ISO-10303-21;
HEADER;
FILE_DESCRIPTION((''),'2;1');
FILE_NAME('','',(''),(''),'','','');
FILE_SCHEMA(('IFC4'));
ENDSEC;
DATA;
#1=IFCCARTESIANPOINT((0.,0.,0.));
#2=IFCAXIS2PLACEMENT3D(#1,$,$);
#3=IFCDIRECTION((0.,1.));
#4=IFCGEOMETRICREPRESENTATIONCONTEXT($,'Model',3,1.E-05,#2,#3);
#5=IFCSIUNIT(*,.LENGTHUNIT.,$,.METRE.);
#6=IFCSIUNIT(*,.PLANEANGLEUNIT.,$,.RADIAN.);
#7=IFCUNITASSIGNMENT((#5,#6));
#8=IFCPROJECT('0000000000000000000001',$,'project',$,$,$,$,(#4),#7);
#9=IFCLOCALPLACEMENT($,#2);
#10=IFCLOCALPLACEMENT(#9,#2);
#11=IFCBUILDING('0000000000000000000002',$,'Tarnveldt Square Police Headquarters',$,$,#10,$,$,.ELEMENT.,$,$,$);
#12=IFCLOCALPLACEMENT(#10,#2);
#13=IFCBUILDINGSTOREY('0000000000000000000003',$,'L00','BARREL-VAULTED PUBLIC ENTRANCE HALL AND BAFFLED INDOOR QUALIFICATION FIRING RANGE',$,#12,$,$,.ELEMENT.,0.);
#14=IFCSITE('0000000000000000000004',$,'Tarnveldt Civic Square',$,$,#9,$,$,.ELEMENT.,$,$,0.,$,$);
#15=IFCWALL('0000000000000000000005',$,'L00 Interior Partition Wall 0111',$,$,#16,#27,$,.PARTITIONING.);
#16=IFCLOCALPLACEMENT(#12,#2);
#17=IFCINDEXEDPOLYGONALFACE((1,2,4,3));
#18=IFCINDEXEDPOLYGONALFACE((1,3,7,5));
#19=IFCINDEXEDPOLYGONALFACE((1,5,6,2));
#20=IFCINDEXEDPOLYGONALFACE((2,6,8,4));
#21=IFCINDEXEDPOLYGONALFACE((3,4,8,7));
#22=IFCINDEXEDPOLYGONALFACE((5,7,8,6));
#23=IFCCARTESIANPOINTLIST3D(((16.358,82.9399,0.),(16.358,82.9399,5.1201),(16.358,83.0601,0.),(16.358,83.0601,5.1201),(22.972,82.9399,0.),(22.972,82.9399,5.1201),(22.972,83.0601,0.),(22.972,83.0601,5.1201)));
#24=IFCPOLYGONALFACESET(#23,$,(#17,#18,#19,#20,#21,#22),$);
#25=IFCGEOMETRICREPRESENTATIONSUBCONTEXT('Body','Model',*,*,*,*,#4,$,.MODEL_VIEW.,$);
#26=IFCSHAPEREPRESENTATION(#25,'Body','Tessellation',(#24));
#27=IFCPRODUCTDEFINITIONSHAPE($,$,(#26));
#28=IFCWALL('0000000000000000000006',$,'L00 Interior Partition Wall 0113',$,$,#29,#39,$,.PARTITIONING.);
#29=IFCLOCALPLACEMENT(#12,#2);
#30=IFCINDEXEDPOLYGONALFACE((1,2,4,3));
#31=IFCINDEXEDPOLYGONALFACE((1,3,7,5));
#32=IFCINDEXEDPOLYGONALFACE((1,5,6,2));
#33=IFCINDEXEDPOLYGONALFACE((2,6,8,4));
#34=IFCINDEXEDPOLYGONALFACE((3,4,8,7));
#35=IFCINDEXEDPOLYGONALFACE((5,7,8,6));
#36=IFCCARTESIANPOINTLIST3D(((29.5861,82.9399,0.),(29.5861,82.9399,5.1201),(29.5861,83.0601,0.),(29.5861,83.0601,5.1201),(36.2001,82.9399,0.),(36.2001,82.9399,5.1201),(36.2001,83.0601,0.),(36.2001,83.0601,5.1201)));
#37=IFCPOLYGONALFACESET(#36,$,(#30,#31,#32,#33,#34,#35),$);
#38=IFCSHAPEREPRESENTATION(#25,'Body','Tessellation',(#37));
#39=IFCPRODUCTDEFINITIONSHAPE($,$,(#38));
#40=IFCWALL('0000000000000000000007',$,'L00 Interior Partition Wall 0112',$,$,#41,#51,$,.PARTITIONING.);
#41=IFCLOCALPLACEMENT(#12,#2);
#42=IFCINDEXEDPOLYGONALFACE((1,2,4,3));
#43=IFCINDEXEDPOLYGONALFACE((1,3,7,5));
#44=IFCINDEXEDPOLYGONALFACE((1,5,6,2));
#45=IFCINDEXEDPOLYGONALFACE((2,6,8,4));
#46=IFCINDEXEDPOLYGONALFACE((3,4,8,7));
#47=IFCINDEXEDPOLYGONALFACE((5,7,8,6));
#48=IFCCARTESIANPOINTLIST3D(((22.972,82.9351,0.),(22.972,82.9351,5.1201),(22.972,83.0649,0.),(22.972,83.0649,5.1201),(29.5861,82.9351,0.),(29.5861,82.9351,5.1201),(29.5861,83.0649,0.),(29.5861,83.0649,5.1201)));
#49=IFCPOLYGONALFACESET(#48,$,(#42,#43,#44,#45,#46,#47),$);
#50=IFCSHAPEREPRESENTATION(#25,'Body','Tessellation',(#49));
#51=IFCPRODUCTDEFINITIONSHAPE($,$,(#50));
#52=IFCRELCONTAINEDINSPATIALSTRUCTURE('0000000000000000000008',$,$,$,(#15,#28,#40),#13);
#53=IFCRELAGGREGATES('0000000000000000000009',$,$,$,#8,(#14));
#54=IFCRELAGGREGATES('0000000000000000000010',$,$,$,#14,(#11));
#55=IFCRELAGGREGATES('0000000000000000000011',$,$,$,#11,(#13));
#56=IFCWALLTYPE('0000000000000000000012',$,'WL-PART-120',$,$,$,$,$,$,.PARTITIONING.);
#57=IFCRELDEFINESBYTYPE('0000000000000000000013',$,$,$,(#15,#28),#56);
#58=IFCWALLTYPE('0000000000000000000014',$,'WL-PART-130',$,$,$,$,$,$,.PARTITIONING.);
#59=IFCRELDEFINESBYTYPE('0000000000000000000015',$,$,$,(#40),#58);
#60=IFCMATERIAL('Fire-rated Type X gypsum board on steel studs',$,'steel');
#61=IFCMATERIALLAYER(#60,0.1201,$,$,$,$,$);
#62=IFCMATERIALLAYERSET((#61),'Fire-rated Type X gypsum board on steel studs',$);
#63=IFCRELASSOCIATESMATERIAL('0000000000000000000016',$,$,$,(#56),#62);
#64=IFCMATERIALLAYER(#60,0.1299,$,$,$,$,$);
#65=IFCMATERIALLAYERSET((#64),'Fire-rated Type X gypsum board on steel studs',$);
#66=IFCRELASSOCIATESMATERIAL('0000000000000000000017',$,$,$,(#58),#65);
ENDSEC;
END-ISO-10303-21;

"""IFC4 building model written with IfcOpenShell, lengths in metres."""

from ifc_helpers import new_model, si_unit, direction, frame, frame_2d, origin, place, context, subcontext, project, spatial, rectangle, extrude, material, layer, layer_set, type_object, element, save


model = new_model("IFC4")

# Units and contexts
model_context = context("Model", 3, precision=1e-05, world=origin(), true_north=direction((0.0, 1.0)))
body_context = subcontext(model_context, "Body", "Model", "MODEL_VIEW")
ifc_project = project(units=[si_unit("LENGTHUNIT", "METRE"), si_unit("PLANEANGLEUNIT", "RADIAN")], contexts=[model_context])

# Site, building, storey
site_placement = place(None, origin())
site = spatial("IfcSite", under=ifc_project, at=site_placement, Name="Tarnveldt Civic Square", CompositionType="ELEMENT", RefElevation=0.0)
building_placement = place(site_placement, origin())
building = spatial("IfcBuilding", under=site, at=building_placement, Name="Tarnveldt Square Police Headquarters", CompositionType="ELEMENT")
storey_placement = place(building_placement, origin())
storey = spatial("IfcBuildingStorey", under=building, at=storey_placement, Name="L00", Description="BARREL-VAULTED PUBLIC ENTRANCE HALL AND BAFFLED INDOOR QUALIFICATION FIRING RANGE", CompositionType="ELEMENT", Elevation=0.0)

# Shared definitions
ifc_material_1 = material(Name="Fire-rated Type X gypsum board on steel studs", Category="steel")

# Walls
ifc_layer_1 = layer(ifc_material_1, 0.1201)
ifc_layer_set_1 = layer_set([ifc_layer_1], Name="Fire-rated Type X gypsum board on steel studs")
wall_type_1 = type_object("IfcWallType", Name="WL-PART-120", PredefinedType="PARTITIONING", material=ifc_layer_set_1)
for number, where, z_axis, x_axis, name in (
    (1, (16.3579, 83.0, 0.0), (0.0, 0.0, 1.0), (1.0, 0.0, 0.0), "L00 Interior Partition Wall 0111"),
    (2, (29.5859, 83.0, 0.0), (0.0, 0.0, 1.0), (1.0, 0.0, 0.0), "L00 Interior Partition Wall 0113"),
):
    element("IfcWall", number, at=place(storey_placement, frame(where, z_axis=z_axis, x_axis=x_axis)), inside=storey, type_object=wall_type_1, Name=name, PredefinedType="PARTITIONING", context=body_context, shape_type="SweptSolid", body=[
        extrude(rectangle(XDim=6.614, YDim=0.1201, at=frame_2d((3.3071, 0.0))), origin(), (0.0, 0.0, 1.0), 5.1201),
    ])
ifc_layer_2 = layer(ifc_material_1, 0.1299)
ifc_layer_set_2 = layer_set([ifc_layer_2], Name="Fire-rated Type X gypsum board on steel studs")
wall_type_2 = type_object("IfcWallType", Name="WL-PART-130", PredefinedType="PARTITIONING", material=ifc_layer_set_2)
wall_1_placement = place(storey_placement, frame((22.9719, 83.0, 0.0), z_axis=(0.0, 0.0, 1.0), x_axis=(1.0, 0.0, 0.0)))
element("IfcWall", 3, at=wall_1_placement, inside=storey, type_object=wall_type_2, Name="L00 Interior Partition Wall 0112", PredefinedType="PARTITIONING", context=body_context, shape_type="SweptSolid", body=[
    extrude(rectangle(XDim=6.614, YDim=0.1299, at=frame_2d((3.3071, 0.0))), origin(), (0.0, 0.0, 1.0), 5.1201),
])

save(model, "model.ifc")
